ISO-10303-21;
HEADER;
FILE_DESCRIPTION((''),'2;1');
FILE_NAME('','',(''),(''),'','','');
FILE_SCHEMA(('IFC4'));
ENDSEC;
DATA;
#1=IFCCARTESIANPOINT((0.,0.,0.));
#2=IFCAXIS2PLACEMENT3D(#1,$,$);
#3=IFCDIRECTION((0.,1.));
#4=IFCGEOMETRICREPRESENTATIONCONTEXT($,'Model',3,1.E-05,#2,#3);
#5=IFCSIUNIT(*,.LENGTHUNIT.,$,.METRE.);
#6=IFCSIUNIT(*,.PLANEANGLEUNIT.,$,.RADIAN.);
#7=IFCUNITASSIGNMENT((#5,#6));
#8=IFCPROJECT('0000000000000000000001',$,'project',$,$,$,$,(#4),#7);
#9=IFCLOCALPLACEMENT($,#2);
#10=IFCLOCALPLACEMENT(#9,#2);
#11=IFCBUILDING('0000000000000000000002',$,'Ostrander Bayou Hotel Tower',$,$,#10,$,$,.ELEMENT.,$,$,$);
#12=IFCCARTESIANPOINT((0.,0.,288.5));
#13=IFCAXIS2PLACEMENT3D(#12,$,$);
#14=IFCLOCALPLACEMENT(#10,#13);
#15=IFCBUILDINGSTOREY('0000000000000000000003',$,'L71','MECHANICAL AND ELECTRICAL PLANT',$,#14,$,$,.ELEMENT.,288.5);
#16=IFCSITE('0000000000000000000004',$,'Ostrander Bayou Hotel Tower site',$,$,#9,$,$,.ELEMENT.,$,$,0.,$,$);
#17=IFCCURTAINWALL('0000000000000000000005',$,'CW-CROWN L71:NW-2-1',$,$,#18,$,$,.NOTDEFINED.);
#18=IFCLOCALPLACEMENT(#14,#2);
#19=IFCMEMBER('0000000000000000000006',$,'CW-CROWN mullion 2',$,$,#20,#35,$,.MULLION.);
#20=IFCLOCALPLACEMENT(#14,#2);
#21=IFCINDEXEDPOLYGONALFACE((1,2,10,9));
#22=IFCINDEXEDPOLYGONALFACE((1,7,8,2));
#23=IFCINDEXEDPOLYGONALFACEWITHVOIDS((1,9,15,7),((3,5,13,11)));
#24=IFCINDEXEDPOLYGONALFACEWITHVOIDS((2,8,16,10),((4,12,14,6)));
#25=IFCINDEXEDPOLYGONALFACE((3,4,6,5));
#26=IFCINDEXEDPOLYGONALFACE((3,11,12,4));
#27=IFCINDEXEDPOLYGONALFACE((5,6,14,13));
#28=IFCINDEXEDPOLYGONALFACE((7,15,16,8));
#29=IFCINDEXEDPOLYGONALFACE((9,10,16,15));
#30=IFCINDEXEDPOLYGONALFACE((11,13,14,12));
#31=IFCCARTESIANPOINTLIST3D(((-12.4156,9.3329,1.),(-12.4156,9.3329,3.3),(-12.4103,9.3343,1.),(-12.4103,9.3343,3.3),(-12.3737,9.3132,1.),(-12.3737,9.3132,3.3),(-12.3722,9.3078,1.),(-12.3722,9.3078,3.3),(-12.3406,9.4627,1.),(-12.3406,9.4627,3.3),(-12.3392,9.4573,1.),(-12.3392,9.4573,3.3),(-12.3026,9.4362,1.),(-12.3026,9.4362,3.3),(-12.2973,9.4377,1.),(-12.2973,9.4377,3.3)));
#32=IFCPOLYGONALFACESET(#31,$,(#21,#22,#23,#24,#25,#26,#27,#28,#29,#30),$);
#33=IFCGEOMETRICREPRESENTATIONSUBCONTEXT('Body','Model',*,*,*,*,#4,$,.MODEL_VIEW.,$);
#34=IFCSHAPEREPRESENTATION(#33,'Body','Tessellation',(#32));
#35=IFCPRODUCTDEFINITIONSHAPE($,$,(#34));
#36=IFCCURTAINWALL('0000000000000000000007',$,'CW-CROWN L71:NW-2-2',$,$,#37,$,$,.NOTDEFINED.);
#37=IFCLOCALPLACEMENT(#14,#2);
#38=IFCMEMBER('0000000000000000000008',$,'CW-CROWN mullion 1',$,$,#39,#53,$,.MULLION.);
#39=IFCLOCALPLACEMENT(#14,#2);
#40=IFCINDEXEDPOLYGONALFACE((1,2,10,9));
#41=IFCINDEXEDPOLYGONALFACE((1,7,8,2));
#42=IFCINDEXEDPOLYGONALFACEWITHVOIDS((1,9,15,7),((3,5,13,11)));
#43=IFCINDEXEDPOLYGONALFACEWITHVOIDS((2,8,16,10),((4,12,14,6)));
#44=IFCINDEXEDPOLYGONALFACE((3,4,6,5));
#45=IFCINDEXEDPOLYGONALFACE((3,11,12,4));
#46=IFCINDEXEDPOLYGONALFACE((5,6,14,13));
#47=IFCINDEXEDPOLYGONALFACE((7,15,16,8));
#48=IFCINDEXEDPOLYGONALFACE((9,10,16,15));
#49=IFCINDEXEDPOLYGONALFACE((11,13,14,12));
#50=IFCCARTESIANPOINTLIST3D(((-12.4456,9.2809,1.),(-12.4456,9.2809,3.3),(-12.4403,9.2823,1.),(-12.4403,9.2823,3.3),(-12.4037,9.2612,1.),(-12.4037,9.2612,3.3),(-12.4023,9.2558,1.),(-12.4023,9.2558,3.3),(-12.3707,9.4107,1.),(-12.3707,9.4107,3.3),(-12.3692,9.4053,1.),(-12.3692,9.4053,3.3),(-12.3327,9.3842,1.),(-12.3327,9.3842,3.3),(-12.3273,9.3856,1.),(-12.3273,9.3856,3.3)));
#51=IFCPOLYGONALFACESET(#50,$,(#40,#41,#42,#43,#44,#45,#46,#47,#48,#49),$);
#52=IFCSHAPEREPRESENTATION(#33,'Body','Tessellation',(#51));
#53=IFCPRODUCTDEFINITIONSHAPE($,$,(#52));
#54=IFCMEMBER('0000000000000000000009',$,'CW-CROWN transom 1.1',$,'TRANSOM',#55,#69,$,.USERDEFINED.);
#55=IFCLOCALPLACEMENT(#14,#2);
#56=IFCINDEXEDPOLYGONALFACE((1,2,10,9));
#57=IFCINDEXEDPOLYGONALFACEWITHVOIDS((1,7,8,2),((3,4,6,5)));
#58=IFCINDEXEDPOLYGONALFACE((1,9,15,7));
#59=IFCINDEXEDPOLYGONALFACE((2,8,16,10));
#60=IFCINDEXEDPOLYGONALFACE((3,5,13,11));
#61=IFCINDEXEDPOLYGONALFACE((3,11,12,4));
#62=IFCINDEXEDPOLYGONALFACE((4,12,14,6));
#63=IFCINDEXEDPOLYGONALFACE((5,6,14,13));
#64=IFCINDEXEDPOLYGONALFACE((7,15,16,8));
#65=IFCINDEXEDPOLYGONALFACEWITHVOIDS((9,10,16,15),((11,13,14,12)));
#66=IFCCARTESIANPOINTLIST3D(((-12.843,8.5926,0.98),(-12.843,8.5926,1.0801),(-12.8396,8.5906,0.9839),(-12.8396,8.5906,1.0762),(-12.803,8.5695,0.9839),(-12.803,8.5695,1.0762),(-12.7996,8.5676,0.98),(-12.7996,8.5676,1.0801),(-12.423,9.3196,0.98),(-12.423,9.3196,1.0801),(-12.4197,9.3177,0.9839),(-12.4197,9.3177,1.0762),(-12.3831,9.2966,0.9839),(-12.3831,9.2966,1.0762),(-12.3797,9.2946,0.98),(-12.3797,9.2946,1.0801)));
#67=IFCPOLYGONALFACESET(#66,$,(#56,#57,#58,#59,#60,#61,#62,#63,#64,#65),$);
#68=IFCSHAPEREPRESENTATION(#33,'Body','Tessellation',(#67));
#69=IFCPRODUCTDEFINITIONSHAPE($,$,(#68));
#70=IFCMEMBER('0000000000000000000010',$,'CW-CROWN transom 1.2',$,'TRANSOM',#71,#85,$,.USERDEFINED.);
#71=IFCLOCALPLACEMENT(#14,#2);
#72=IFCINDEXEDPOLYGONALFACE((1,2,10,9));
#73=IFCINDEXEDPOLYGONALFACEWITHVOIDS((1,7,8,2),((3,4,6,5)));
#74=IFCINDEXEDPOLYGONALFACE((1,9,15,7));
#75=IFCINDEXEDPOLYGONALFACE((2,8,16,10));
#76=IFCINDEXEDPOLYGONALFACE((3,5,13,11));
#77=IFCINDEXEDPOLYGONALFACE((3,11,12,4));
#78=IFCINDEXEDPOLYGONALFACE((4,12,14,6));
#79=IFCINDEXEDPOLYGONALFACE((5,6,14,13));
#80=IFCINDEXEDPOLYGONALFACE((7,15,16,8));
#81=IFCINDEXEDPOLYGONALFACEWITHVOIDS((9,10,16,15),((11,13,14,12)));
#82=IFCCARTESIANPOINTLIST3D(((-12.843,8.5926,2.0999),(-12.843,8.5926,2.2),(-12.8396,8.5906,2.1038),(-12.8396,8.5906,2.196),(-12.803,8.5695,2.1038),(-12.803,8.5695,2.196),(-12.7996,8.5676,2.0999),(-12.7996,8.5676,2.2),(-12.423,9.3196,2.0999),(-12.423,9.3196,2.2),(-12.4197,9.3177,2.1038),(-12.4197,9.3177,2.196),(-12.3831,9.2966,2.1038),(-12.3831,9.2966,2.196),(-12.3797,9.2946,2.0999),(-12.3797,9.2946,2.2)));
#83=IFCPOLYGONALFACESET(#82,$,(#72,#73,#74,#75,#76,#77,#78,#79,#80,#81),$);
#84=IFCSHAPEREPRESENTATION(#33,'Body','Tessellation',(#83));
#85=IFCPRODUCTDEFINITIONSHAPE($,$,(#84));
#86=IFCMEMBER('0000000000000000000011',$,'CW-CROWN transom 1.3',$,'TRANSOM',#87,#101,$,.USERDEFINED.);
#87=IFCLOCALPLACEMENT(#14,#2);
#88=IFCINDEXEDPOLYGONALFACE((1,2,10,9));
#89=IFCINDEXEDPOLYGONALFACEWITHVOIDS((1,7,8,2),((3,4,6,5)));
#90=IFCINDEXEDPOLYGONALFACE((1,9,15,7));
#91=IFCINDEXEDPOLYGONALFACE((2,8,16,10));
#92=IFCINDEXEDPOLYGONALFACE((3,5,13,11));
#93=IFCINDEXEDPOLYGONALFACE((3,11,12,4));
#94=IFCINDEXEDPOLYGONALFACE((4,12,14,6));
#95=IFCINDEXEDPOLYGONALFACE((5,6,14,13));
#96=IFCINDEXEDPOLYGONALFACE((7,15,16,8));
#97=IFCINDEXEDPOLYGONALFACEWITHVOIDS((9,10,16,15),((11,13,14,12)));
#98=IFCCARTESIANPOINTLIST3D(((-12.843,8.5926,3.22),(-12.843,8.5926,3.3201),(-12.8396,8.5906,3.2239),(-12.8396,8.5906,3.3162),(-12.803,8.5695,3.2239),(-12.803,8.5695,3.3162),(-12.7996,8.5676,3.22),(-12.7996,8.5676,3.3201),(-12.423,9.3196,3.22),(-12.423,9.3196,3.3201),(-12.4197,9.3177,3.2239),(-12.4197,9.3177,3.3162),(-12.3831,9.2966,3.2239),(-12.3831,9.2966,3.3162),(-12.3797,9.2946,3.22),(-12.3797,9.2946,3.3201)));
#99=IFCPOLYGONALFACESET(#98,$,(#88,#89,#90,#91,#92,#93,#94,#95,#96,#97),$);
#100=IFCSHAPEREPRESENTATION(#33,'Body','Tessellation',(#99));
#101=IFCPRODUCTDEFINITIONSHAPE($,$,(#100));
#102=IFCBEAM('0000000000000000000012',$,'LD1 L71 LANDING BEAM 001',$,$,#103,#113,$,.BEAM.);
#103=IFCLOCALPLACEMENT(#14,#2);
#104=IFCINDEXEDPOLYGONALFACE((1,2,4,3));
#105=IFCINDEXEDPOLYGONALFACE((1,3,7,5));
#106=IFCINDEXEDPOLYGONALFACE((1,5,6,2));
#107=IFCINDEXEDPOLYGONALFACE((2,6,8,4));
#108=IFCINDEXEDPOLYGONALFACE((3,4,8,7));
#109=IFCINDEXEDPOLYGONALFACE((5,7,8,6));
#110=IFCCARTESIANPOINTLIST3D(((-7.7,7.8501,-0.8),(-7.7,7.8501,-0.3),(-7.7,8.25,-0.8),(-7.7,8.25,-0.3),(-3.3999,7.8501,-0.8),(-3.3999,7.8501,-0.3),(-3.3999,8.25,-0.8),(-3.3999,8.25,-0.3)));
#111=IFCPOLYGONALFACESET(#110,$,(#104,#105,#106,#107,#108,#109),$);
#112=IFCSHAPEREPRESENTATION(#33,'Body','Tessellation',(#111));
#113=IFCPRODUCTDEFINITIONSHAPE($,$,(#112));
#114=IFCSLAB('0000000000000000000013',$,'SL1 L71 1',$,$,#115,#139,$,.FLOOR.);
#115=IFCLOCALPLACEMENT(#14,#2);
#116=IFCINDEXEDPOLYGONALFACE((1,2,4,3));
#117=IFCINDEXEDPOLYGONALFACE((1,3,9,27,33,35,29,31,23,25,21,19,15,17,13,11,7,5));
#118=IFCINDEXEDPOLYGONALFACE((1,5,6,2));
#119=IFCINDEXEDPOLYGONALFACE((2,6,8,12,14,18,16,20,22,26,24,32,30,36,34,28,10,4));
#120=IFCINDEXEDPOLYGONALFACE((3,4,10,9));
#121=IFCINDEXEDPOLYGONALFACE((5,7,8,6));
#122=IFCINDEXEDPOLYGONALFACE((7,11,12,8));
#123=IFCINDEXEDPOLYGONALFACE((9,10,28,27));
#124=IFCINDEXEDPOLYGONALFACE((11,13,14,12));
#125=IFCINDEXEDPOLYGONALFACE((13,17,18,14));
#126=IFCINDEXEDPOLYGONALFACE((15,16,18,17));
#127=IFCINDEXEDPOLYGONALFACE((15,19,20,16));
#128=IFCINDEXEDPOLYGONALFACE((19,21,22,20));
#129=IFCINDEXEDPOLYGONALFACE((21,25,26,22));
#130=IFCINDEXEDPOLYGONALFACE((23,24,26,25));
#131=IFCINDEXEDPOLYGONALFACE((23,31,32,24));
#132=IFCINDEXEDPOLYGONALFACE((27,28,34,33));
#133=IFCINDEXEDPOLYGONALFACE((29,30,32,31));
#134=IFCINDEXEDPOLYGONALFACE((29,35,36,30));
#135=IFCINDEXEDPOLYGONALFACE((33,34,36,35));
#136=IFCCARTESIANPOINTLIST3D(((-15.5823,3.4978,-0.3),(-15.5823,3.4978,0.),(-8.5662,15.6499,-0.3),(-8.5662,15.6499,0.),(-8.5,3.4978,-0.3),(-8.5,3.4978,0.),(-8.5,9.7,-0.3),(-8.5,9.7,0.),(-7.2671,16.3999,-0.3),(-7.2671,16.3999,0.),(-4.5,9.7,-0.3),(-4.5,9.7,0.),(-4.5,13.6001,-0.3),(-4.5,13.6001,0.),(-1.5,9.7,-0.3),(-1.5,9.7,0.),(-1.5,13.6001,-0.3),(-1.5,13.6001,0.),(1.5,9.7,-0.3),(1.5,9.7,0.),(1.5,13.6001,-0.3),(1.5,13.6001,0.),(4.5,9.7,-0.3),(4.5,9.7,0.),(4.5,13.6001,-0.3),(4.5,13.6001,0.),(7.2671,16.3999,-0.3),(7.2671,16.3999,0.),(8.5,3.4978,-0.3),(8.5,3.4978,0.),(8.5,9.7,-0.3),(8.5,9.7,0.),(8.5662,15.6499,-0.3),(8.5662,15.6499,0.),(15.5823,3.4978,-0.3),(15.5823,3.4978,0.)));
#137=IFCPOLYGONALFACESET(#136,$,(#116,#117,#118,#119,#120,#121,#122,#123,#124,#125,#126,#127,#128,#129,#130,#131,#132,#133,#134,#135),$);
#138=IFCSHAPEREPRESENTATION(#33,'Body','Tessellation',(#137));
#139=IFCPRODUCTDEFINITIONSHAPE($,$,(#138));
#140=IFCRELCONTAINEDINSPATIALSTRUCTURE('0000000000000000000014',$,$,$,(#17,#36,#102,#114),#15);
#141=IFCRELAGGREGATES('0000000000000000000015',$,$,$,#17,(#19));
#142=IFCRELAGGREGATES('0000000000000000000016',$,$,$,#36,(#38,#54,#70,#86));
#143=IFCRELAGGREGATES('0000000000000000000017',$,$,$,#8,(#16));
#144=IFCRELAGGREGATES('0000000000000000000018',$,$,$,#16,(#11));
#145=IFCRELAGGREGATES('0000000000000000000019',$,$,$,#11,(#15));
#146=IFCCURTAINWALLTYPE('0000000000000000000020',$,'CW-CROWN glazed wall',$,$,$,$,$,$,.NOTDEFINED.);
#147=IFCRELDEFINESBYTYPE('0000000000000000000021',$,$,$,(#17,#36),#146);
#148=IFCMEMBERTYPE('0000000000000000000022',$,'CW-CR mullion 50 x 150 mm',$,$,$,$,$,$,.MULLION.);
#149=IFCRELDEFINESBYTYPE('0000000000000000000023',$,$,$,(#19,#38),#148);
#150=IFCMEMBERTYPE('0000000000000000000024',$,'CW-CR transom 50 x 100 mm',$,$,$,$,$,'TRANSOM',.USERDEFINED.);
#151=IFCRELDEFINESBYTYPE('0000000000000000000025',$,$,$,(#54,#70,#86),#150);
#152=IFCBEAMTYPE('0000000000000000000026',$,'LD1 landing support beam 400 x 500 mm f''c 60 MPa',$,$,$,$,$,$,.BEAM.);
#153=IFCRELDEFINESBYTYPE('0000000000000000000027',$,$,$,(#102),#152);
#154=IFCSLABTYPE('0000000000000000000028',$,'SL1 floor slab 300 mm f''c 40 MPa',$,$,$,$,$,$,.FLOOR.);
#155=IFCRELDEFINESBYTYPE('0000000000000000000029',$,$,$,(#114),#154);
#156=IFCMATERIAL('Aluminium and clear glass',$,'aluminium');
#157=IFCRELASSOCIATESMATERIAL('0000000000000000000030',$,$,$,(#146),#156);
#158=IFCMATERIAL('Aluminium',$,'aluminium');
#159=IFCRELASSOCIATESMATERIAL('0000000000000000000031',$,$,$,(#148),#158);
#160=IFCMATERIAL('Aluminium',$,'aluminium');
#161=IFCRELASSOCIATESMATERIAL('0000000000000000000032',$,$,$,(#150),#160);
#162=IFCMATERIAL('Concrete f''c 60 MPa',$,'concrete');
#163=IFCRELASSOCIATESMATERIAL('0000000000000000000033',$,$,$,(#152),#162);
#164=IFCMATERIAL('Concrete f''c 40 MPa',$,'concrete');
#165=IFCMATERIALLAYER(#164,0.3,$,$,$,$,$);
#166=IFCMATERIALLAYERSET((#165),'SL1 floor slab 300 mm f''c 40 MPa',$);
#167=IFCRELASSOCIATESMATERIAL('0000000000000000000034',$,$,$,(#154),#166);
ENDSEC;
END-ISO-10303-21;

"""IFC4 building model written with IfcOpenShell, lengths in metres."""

from ifc_helpers import new_model, si_unit, direction, frame, origin, origin_2d, place, context, subcontext, project, spatial, polyline, rectangle, hollow_rectangle, outline, extrude, material, layer, layer_set, material_profile, profile_set, type_object, element, aggregate, save


model = new_model("IFC4")

# Units and contexts
model_context = context("Model", 3, precision=1e-05, world=origin(), true_north=direction((0.0, 1.0)))
body_context = subcontext(model_context, "Body", "Model", "MODEL_VIEW")
ifc_project = project(units=[si_unit("LENGTHUNIT", "METRE"), si_unit("PLANEANGLEUNIT", "RADIAN")], contexts=[model_context])

# Site, building, storey
site_placement = place(None, origin())
site = spatial("IfcSite", under=ifc_project, at=site_placement, Name="Ostrander Bayou Hotel Tower site", CompositionType="ELEMENT", RefElevation=0.0)
building_placement = place(site_placement, origin())
building = spatial("IfcBuilding", under=site, at=building_placement, Name="Ostrander Bayou Hotel Tower", CompositionType="ELEMENT")
storey_placement = place(building_placement, frame((0.0, 0.0, 288.5)))
storey = spatial("IfcBuildingStorey", under=building, at=storey_placement, Name="L71", Description="MECHANICAL AND ELECTRICAL PLANT", CompositionType="ELEMENT", Elevation=288.5)

# Curtain wall, member
ifc_material_1 = material(Name="Aluminium and clear glass", Category="aluminium")
curtain_wall_type = type_object("IfcCurtainWallType", Name="CW-CROWN glazed wall", PredefinedType="NOTDEFINED", material=ifc_material_1)
curtain_wall_1_placement = place(storey_placement, origin())
curtain_wall_1 = element("IfcCurtainWall", 1, at=curtain_wall_1_placement, inside=storey, type_object=curtain_wall_type, Name="CW-CROWN L71:NW-2-1", PredefinedType="NOTDEFINED")
ifc_material_2 = material(Name="Aluminium", Category="aluminium")
ifc_material_profile_1 = material_profile(ifc_material_2, hollow_rectangle(XDim=0.05, YDim=0.1499, WallThickness=0.0039, at=origin_2d()))
ifc_profile_set_1 = profile_set([ifc_material_profile_1], Name="Aluminium")
member_type_1 = type_object("IfcMemberType", Name="CW-CR mullion 50 x 150 mm", PredefinedType="MULLION", material=ifc_profile_set_1)
member_1_placement = place(storey_placement, frame((-12.3564, 9.3853, 1.0), z_axis=(0.0, 0.0, 1.0), x_axis=(0.866022, -0.500005, 0.0)))
member_1 = element("IfcMember", 2, at=member_1_placement, type_object=member_type_1, Name="CW-CROWN mullion 2", PredefinedType="MULLION", context=body_context, shape_type="SweptSolid", body=[
    extrude(hollow_rectangle(XDim=0.05, YDim=0.1499, WallThickness=0.0039, at=origin_2d()), origin(), (0.0, 0.0, 1.0), 2.3),
])
aggregate(curtain_wall_1, [member_1])

# Curtain wall, members
curtain_wall_2_placement = place(storey_placement, origin())
curtain_wall_2 = element("IfcCurtainWall", 3, at=curtain_wall_2_placement, inside=storey, type_object=curtain_wall_type, Name="CW-CROWN L71:NW-2-2", PredefinedType="NOTDEFINED")
member_2_placement = place(storey_placement, frame((-12.3865, 9.3333, 1.0), z_axis=(0.0, 0.0, 1.0), x_axis=(0.866022, -0.500005, 0.0)))
member_2 = element("IfcMember", 4, at=member_2_placement, type_object=member_type_1, Name="CW-CROWN mullion 1", PredefinedType="MULLION", context=body_context, shape_type="SweptSolid", body=[
    extrude(hollow_rectangle(XDim=0.05, YDim=0.1499, WallThickness=0.0039, at=origin_2d()), origin(), (0.0, 0.0, 1.0), 2.3),
])
ifc_material_3 = material(Name="Aluminium", Category="aluminium")
ifc_material_profile_2 = material_profile(ifc_material_3, hollow_rectangle(XDim=0.05, YDim=0.1001, WallThickness=0.0039, at=origin_2d()))
ifc_profile_set_2 = profile_set([ifc_material_profile_2], Name="Aluminium")
member_type_2 = type_object("IfcMemberType", Name="CW-CR transom 50 x 100 mm", ElementType="TRANSOM", PredefinedType="USERDEFINED", material=ifc_profile_set_2)
member_3_placement = place(storey_placement, frame((-12.4014, 9.3071, 1.03), z_axis=(-0.500142, -0.865943, 0.0), x_axis=(0.865943, -0.500142, 0.0)))
member_3 = element("IfcMember", 5, at=member_3_placement, type_object=member_type_2, Name="CW-CROWN transom 1.1", ObjectType="TRANSOM", PredefinedType="USERDEFINED", context=body_context, shape_type="SweptSolid", body=[
    extrude(hollow_rectangle(XDim=0.05, YDim=0.1001, WallThickness=0.0039, at=origin_2d()), origin(), (0.0, 0.0, 1.0), 0.8396),
])
member_4_placement = place(storey_placement, frame((-12.4014, 9.3071, 2.1499), z_axis=(-0.500142, -0.865943, 0.0), x_axis=(0.865943, -0.500142, 0.0)))
member_4 = element("IfcMember", 6, at=member_4_placement, type_object=member_type_2, Name="CW-CROWN transom 1.2", ObjectType="TRANSOM", PredefinedType="USERDEFINED", context=body_context, shape_type="SweptSolid", body=[
    extrude(hollow_rectangle(XDim=0.05, YDim=0.1001, WallThickness=0.0039, at=origin_2d()), origin(), (0.0, 0.0, 1.0), 0.8396),
])
member_5_placement = place(storey_placement, frame((-12.4014, 9.3071, 3.27), z_axis=(-0.500142, -0.865943, 0.0), x_axis=(0.865943, -0.500142, 0.0)))
member_5 = element("IfcMember", 7, at=member_5_placement, type_object=member_type_2, Name="CW-CROWN transom 1.3", ObjectType="TRANSOM", PredefinedType="USERDEFINED", context=body_context, shape_type="SweptSolid", body=[
    extrude(hollow_rectangle(XDim=0.05, YDim=0.1001, WallThickness=0.0039, at=origin_2d()), origin(), (0.0, 0.0, 1.0), 0.8396),
])
aggregate(curtain_wall_2, [member_2, member_3, member_4, member_5])

# Beam
ifc_material_4 = material(Name="Concrete f'c 60 MPa", Category="concrete")
ifc_material_profile_3 = material_profile(ifc_material_4, rectangle(XDim=0.3999, YDim=0.5, at=origin_2d()))
ifc_profile_set_3 = profile_set([ifc_material_profile_3], Name="Concrete f'c 60 MPa")
beam_type = type_object("IfcBeamType", Name="LD1 landing support beam 400 x 500 mm f'c 60 MPa", PredefinedType="BEAM", material=ifc_profile_set_3)
beam_placement = place(storey_placement, frame((-7.7, 8.05, -0.55), z_axis=(1.0, 0.0, 0.0), x_axis=(0.0, 1.0, 0.0)))
element("IfcBeam", 8, at=beam_placement, inside=storey, type_object=beam_type, Name="LD1 L71 LANDING BEAM 001", PredefinedType="BEAM", context=body_context, shape_type="SweptSolid", body=[
    extrude(rectangle(XDim=0.3999, YDim=0.5, at=origin_2d()), origin(), (0.0, 0.0, 1.0), 4.3),
])

# Slab
ifc_material_5 = material(Name="Concrete f'c 40 MPa", Category="concrete")
ifc_layer_1 = layer(ifc_material_5, 0.3)
ifc_layer_set_1 = layer_set([ifc_layer_1], Name="SL1 floor slab 300 mm f'c 40 MPa")
slab_type = type_object("IfcSlabType", Name="SL1 floor slab 300 mm f'c 40 MPa", PredefinedType="FLOOR", material=ifc_layer_set_1)
slab_placement = place(storey_placement, frame((0.0, 0.0, -0.3)))
element("IfcSlab", 9, at=slab_placement, inside=storey, type_object=slab_type, Name="SL1 L71 1", PredefinedType="FLOOR", context=body_context, shape_type="SweptSolid", body=[
    extrude(outline(polyline([(15.5823, 3.4978), (8.5, 3.4978), (8.5, 9.7), (4.5, 9.7), (4.5, 13.6001), (1.5, 13.6001), (1.5, 9.7), (-1.5, 9.7), (-1.5, 13.6001), (-4.5, 13.6001), (-4.5, 9.7), (-8.5, 9.7), (-8.5, 3.4978), (-15.5823, 3.4978), (-8.5662, 15.6499), (-7.2671, 16.3999), (7.2671, 16.3999), (8.5662, 15.6499), (15.5823, 3.4978)])), origin(), (0.0, 0.0, 1.0), 0.3),
])

save(model, "model.ifc")
